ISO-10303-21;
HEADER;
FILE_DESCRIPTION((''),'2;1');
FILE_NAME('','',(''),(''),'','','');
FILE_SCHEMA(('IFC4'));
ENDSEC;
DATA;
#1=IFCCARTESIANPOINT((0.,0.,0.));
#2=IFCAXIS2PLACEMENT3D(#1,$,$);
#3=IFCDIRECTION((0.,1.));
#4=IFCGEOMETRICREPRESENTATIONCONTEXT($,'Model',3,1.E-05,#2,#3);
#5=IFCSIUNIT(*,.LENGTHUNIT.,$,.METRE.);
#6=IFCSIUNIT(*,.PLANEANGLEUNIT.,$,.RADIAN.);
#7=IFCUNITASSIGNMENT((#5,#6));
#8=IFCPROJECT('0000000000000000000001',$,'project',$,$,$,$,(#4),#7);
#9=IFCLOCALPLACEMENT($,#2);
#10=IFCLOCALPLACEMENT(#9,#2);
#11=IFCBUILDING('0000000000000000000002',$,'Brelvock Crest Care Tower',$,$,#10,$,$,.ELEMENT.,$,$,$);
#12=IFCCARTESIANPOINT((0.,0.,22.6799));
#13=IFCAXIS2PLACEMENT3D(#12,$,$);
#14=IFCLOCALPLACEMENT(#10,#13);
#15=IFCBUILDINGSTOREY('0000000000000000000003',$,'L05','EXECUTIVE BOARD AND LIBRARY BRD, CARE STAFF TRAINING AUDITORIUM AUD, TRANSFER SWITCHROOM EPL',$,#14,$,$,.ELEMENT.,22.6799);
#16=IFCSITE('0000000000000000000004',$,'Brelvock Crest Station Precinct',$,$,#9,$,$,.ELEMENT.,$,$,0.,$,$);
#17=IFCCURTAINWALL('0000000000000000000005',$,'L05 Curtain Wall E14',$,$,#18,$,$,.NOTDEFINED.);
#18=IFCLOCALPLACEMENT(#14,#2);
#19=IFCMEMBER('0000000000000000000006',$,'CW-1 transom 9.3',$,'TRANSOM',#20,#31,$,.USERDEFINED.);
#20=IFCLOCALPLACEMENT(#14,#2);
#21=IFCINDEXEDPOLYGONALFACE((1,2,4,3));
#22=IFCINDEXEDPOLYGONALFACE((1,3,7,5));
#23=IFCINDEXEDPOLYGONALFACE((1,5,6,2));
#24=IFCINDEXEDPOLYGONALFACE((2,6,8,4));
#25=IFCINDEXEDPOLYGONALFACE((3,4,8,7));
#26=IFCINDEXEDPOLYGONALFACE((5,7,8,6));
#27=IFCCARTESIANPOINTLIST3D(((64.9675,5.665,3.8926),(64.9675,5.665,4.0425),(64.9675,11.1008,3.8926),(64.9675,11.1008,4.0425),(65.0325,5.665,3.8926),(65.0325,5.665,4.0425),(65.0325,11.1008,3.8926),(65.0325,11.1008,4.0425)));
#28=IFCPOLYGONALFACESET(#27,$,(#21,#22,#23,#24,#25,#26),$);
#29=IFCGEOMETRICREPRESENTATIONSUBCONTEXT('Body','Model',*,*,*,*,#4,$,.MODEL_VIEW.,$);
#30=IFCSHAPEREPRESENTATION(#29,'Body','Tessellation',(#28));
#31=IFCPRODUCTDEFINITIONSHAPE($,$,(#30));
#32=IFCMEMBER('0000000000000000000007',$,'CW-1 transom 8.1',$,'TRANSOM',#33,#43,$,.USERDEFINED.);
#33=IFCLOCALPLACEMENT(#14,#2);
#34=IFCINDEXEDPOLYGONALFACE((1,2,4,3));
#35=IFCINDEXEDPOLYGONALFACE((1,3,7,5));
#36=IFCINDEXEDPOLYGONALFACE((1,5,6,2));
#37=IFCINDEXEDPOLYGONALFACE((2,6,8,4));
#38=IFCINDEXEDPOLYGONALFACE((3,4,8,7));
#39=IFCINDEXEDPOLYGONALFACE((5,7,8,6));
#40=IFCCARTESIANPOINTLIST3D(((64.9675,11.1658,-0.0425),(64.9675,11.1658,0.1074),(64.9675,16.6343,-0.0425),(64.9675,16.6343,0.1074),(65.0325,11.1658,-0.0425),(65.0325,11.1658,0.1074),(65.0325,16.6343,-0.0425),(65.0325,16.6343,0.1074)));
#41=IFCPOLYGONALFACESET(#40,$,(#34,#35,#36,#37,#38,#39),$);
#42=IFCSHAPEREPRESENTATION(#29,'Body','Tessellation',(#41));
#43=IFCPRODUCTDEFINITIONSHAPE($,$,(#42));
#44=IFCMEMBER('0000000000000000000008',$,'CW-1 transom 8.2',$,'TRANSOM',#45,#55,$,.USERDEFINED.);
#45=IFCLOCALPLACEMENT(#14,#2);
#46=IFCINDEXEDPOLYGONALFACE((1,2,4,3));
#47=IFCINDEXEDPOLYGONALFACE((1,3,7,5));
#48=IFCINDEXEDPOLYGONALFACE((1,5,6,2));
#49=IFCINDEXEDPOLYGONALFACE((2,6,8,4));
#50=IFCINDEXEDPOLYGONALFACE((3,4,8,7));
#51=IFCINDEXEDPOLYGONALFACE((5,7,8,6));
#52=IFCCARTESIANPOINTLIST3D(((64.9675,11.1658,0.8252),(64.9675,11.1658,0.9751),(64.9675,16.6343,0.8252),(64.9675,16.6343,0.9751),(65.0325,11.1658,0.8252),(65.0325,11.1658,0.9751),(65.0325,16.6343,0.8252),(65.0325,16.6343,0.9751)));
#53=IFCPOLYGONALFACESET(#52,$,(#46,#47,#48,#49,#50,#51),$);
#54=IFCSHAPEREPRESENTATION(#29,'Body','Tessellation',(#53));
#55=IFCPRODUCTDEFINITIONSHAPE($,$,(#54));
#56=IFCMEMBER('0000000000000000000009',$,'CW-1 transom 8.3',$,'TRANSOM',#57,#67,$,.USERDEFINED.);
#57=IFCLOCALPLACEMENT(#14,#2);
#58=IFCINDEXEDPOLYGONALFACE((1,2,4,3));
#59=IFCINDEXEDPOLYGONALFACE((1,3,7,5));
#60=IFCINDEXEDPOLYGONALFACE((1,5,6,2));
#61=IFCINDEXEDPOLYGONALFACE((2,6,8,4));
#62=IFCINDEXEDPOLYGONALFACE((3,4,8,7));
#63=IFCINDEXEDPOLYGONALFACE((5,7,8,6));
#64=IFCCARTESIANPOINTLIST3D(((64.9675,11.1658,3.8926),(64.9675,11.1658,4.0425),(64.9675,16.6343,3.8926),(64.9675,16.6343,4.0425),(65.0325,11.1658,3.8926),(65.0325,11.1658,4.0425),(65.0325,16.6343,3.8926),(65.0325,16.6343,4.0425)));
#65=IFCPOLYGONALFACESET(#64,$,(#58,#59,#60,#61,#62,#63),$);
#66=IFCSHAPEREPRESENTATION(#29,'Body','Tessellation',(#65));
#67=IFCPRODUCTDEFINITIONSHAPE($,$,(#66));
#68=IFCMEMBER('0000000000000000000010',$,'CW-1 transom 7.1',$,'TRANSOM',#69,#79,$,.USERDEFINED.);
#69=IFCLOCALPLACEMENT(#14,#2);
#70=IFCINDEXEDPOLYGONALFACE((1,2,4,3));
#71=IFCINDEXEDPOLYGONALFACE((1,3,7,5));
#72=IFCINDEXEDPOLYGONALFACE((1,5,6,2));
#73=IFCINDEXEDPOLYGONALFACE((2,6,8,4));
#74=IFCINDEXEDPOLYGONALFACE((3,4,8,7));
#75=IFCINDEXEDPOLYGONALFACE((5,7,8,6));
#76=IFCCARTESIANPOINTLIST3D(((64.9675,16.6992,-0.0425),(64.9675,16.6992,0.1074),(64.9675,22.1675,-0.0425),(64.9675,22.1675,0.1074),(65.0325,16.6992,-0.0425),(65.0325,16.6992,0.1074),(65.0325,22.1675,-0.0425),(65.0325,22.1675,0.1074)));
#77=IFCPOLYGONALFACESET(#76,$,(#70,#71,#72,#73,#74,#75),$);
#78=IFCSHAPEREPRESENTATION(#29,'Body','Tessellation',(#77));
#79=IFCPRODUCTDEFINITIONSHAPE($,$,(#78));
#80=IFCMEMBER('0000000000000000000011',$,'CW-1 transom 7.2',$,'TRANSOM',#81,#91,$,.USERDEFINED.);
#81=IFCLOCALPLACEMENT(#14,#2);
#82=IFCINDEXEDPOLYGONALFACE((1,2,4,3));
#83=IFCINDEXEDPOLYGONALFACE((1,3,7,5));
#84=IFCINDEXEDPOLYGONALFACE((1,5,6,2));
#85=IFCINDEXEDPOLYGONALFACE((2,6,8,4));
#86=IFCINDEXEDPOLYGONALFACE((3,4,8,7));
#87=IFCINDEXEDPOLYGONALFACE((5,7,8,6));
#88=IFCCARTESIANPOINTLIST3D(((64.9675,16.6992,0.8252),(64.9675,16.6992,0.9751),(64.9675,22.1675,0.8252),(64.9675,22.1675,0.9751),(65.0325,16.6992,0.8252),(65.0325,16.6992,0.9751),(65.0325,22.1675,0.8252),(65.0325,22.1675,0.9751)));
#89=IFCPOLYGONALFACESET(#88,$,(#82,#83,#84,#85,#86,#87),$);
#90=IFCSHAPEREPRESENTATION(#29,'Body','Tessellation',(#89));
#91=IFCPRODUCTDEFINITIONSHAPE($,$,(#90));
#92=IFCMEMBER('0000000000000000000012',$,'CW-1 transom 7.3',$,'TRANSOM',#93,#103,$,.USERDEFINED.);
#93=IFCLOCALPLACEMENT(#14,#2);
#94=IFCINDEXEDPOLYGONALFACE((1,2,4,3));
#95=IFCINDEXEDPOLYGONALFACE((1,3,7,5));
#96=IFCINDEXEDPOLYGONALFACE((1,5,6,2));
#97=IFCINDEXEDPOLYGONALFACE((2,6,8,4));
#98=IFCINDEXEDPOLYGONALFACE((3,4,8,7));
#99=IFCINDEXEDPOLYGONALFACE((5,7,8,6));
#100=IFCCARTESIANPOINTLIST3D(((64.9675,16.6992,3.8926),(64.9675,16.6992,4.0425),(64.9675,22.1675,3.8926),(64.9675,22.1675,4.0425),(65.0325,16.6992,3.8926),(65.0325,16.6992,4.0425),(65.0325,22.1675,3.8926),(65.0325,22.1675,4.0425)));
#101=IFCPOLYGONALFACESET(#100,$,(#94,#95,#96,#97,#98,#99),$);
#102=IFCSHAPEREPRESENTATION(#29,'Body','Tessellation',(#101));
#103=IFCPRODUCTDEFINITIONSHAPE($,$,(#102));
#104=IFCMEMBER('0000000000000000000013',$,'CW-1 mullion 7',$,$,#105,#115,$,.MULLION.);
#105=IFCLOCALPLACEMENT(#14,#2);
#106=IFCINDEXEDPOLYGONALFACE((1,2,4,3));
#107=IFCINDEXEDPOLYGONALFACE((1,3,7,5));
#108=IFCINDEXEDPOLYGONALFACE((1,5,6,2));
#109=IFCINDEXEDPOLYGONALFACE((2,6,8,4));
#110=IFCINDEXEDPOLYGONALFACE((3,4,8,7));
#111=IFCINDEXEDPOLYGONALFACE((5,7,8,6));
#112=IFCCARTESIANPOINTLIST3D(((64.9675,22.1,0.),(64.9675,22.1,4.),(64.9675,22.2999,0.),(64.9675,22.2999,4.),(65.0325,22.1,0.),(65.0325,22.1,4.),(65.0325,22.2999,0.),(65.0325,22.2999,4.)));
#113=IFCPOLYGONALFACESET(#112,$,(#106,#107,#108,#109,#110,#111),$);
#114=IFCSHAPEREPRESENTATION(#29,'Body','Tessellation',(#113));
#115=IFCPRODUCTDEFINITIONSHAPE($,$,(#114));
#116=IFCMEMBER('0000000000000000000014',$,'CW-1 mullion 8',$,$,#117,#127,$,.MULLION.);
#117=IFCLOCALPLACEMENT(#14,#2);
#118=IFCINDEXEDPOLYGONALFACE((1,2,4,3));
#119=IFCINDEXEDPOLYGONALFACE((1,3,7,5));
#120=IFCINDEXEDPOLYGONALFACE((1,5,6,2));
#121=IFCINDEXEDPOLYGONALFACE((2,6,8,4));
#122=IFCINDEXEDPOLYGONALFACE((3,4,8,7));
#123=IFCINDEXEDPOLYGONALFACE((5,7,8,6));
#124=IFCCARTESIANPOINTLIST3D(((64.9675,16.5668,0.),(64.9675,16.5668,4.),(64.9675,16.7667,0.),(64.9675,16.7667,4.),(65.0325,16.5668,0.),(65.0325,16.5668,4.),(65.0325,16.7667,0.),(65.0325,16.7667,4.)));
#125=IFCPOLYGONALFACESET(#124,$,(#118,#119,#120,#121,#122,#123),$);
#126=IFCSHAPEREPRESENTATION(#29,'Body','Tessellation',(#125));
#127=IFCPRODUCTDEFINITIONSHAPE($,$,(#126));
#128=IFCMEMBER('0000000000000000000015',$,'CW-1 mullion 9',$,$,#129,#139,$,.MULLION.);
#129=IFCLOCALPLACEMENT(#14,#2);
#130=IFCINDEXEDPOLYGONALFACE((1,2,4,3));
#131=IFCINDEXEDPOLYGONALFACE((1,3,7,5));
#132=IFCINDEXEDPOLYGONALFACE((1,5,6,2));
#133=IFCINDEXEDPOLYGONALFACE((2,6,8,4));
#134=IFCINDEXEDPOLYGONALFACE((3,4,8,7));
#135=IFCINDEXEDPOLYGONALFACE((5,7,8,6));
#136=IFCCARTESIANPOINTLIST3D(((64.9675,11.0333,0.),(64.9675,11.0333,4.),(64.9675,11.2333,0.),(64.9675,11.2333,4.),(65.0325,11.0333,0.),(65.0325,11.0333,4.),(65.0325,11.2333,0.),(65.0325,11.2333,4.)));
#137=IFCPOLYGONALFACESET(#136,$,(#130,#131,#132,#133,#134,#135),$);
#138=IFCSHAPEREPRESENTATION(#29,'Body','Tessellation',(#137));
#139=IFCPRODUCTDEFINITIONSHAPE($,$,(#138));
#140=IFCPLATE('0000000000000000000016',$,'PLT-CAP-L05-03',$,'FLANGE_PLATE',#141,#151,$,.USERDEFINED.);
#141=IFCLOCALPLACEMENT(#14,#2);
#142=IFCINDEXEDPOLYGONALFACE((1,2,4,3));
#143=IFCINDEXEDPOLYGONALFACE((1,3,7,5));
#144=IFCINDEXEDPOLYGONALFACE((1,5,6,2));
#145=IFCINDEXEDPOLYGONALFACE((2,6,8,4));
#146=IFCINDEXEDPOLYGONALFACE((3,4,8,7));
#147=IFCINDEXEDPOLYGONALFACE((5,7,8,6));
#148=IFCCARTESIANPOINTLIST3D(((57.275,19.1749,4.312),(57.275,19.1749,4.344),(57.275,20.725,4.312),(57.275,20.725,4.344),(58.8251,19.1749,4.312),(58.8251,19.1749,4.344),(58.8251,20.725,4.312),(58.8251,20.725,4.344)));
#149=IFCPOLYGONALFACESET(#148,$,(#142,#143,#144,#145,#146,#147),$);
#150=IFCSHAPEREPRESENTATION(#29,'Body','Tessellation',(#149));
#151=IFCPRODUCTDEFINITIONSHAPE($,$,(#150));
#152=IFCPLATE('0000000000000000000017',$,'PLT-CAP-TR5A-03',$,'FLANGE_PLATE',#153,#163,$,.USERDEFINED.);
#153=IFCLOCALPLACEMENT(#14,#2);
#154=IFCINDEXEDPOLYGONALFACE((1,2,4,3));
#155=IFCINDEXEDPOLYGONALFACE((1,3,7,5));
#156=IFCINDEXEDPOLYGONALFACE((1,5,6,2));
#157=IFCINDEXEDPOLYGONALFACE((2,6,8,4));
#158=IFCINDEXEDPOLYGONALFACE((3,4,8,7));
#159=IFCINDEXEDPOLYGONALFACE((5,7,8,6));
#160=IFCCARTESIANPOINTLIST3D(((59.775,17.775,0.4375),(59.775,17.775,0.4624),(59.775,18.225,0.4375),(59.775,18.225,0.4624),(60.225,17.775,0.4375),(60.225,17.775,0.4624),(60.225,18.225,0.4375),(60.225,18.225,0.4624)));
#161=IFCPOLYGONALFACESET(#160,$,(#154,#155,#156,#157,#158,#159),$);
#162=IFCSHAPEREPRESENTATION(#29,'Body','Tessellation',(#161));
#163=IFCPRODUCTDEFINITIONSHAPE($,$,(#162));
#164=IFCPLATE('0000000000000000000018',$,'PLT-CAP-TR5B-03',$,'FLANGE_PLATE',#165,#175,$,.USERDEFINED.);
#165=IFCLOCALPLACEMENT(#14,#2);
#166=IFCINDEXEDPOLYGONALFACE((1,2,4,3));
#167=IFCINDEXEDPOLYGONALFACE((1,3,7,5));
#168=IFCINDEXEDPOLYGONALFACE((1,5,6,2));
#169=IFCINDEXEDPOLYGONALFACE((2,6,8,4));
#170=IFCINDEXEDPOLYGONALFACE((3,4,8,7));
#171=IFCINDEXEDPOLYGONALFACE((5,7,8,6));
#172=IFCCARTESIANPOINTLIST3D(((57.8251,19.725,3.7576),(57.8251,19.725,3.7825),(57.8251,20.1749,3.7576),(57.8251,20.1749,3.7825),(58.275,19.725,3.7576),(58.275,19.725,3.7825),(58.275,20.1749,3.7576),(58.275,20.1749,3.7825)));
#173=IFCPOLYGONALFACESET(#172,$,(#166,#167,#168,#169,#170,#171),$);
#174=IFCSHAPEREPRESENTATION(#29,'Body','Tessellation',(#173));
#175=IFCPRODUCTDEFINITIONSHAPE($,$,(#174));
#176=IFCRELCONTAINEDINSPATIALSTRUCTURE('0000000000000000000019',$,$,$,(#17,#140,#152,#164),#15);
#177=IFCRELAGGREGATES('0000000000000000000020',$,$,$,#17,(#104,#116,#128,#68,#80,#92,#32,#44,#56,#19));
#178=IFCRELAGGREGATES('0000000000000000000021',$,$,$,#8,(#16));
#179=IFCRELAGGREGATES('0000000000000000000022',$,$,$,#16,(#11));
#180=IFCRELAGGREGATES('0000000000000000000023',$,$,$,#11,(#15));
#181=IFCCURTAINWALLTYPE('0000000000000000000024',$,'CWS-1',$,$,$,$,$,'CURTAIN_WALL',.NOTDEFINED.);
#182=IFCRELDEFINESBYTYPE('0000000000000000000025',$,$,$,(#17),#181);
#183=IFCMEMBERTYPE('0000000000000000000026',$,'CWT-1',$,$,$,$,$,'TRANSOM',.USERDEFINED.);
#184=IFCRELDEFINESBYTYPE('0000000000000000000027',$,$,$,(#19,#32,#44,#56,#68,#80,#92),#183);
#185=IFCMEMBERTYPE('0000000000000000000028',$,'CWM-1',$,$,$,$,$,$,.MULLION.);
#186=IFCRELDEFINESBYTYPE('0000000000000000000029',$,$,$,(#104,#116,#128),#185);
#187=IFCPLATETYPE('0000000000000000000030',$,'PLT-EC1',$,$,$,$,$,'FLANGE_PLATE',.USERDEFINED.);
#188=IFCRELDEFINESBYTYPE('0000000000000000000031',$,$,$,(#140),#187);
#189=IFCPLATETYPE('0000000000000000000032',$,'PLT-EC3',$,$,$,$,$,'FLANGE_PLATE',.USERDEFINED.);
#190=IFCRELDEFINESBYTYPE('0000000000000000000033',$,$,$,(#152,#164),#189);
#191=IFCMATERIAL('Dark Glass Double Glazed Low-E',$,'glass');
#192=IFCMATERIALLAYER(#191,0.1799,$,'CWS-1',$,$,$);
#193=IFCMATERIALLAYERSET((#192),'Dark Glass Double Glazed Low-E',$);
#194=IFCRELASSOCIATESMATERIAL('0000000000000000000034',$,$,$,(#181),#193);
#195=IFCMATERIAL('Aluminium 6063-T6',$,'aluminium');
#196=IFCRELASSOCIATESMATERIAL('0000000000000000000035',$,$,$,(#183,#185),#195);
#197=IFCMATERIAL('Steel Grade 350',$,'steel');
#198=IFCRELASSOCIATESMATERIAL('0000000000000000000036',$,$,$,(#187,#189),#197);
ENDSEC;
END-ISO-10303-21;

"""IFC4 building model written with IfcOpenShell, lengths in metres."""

from ifc_helpers import new_model, si_unit, direction, frame, origin, origin_2d, place, context, subcontext, project, spatial, rectangle, extrude, source, transform, mapped, material, layer, layer_set, material_profile, profile_set, type_object, element, aggregate, save


model = new_model("IFC4")

# Units and contexts
model_context = context("Model", 3, precision=1e-05, world=origin(), true_north=direction((0.0, 1.0)))
body_context = subcontext(model_context, "Body", "Model", "MODEL_VIEW")
ifc_project = project(units=[si_unit("LENGTHUNIT", "METRE"), si_unit("PLANEANGLEUNIT", "RADIAN")], contexts=[model_context])

# Site, building, storey
site_placement = place(None, origin())
site = spatial("IfcSite", under=ifc_project, at=site_placement, Name="Brelvock Crest Station Precinct", CompositionType="ELEMENT", RefElevation=0.0)
building_placement = place(site_placement, origin())
building = spatial("IfcBuilding", under=site, at=building_placement, Name="Brelvock Crest Care Tower", CompositionType="ELEMENT")
storey_placement = place(building_placement, frame((0.0, 0.0, 22.6799)))
storey = spatial("IfcBuildingStorey", under=building, at=storey_placement, Name="L05", Description="EXECUTIVE BOARD AND LIBRARY BRD, CARE STAFF TRAINING AUDITORIUM AUD, TRANSFER SWITCHROOM EPL", CompositionType="ELEMENT", Elevation=22.6799)

# Shared definitions
ifc_material_1 = material(Name="Steel Grade 350", Category="steel")

# Curtain wall, members
ifc_material_2 = material(Name="Dark Glass Double Glazed Low-E", Category="glass")
ifc_layer_1 = layer(ifc_material_2, 0.1799, Name="CWS-1")
ifc_layer_set_1 = layer_set([ifc_layer_1], Name="Dark Glass Double Glazed Low-E")
curtain_wall_type = type_object("IfcCurtainWallType", Name="CWS-1", ElementType="CURTAIN_WALL", PredefinedType="NOTDEFINED", material=ifc_layer_set_1)
curtain_wall_placement = place(storey_placement, origin())
curtain_wall = element("IfcCurtainWall", 1, at=curtain_wall_placement, inside=storey, type_object=curtain_wall_type, Name="L05 Curtain Wall E14", PredefinedType="NOTDEFINED")
ifc_material_3 = material(Name="Aluminium 6063-T6", Category="aluminium")
ifc_material_profile_1 = material_profile(ifc_material_3, rectangle(XDim=0.0649, YDim=0.1499, at=origin_2d()), Name="ALU65x150")
ifc_profile_set_1 = profile_set([ifc_material_profile_1], Name="Aluminium 6063-T6")
member_type_1 = type_object("IfcMemberType", Name="CWT-1", ElementType="TRANSOM", PredefinedType="USERDEFINED", material=ifc_profile_set_1)
shared_shape_1 = source(origin(), body_context, "Body", "SweptSolid", [
    extrude(rectangle(XDim=0.0649, YDim=0.1499, at=origin_2d()), origin(), (0.0, 0.0, 1.0), 5.4358),
])
member_1_placement = place(storey_placement, frame((65.0, 11.1008, 3.9675), z_axis=(0.0, -1.0, 0.0), x_axis=(1.0, 0.0, 0.0)))
member_1 = element("IfcMember", 2, at=member_1_placement, type_object=member_type_1, Name="CW-1 transom 9.3", ObjectType="TRANSOM", PredefinedType="USERDEFINED", context=body_context, shape_type="MappedRepresentation", body=[
    mapped(shared_shape_1, transform((0.0, 0.0, 0.0), x_axis=(1.0, 0.0, 0.0), y_axis=(0.0, 1.0, 0.0), z_axis=(0.0, 0.0, 1.0), scale=1.0)),
])
shared_shape_2 = source(origin(), body_context, "Body", "SweptSolid", [
    extrude(rectangle(XDim=0.0649, YDim=0.1499, at=origin_2d()), origin(), (0.0, 0.0, 1.0), 5.4685),
])
member_2_placement = place(storey_placement, frame((65.0, 16.6343, 0.0325), z_axis=(0.0, -1.0, 0.0), x_axis=(1.0, 0.0, 0.0)))
member_2 = element("IfcMember", 3, at=member_2_placement, type_object=member_type_1, Name="CW-1 transom 8.1", ObjectType="TRANSOM", PredefinedType="USERDEFINED", context=body_context, shape_type="MappedRepresentation", body=[
    mapped(shared_shape_2, transform((0.0, 0.0, 0.0), x_axis=(1.0, 0.0, 0.0), y_axis=(0.0, 1.0, 0.0), z_axis=(0.0, 0.0, 1.0), scale=1.0)),
])
member_3_placement = place(storey_placement, frame((65.0, 16.6343, 0.9001), z_axis=(0.0, -1.0, 0.0), x_axis=(1.0, 0.0, 0.0)))
member_3 = element("IfcMember", 4, at=member_3_placement, type_object=member_type_1, Name="CW-1 transom 8.2", ObjectType="TRANSOM", PredefinedType="USERDEFINED", context=body_context, shape_type="MappedRepresentation", body=[
    mapped(shared_shape_2, transform((0.0, 0.0, 0.0), x_axis=(1.0, 0.0, 0.0), y_axis=(0.0, 1.0, 0.0), z_axis=(0.0, 0.0, 1.0), scale=1.0)),
])
member_4_placement = place(storey_placement, frame((65.0, 16.6343, 3.9675), z_axis=(0.0, -1.0, 0.0), x_axis=(1.0, 0.0, 0.0)))
member_4 = element("IfcMember", 5, at=member_4_placement, type_object=member_type_1, Name="CW-1 transom 8.3", ObjectType="TRANSOM", PredefinedType="USERDEFINED", context=body_context, shape_type="MappedRepresentation", body=[
    mapped(shared_shape_2, transform((0.0, 0.0, 0.0), x_axis=(1.0, 0.0, 0.0), y_axis=(0.0, 1.0, 0.0), z_axis=(0.0, 0.0, 1.0), scale=1.0)),
])
shared_shape_3 = source(origin(), body_context, "Body", "SweptSolid", [
    extrude(rectangle(XDim=0.0649, YDim=0.1499, at=origin_2d()), origin(), (0.0, 0.0, 1.0), 5.4683),
])
member_5_placement = place(storey_placement, frame((65.0, 22.1675, 0.0325), z_axis=(0.0, -1.0, 0.0), x_axis=(1.0, 0.0, 0.0)))
member_5 = element("IfcMember", 6, at=member_5_placement, type_object=member_type_1, Name="CW-1 transom 7.1", ObjectType="TRANSOM", PredefinedType="USERDEFINED", context=body_context, shape_type="MappedRepresentation", body=[
    mapped(shared_shape_3, transform((0.0, 0.0, 0.0), x_axis=(1.0, 0.0, 0.0), y_axis=(0.0, 1.0, 0.0), z_axis=(0.0, 0.0, 1.0), scale=1.0)),
])
member_6_placement = place(storey_placement, frame((65.0, 22.1675, 0.9001), z_axis=(0.0, -1.0, 0.0), x_axis=(1.0, 0.0, 0.0)))
member_6 = element("IfcMember", 7, at=member_6_placement, type_object=member_type_1, Name="CW-1 transom 7.2", ObjectType="TRANSOM", PredefinedType="USERDEFINED", context=body_context, shape_type="MappedRepresentation", body=[
    mapped(shared_shape_3, transform((0.0, 0.0, 0.0), x_axis=(1.0, 0.0, 0.0), y_axis=(0.0, 1.0, 0.0), z_axis=(0.0, 0.0, 1.0), scale=1.0)),
])
member_7_placement = place(storey_placement, frame((65.0, 22.1675, 3.9675), z_axis=(0.0, -1.0, 0.0), x_axis=(1.0, 0.0, 0.0)))
member_7 = element("IfcMember", 8, at=member_7_placement, type_object=member_type_1, Name="CW-1 transom 7.3", ObjectType="TRANSOM", PredefinedType="USERDEFINED", context=body_context, shape_type="MappedRepresentation", body=[
    mapped(shared_shape_3, transform((0.0, 0.0, 0.0), x_axis=(1.0, 0.0, 0.0), y_axis=(0.0, 1.0, 0.0), z_axis=(0.0, 0.0, 1.0), scale=1.0)),
])
ifc_material_profile_2 = material_profile(ifc_material_3, rectangle(XDim=0.0649, YDim=0.2, at=origin_2d()), Name="ALU65x200")
ifc_profile_set_2 = profile_set([ifc_material_profile_2], Name="Aluminium 6063-T6")
member_type_2 = type_object("IfcMemberType", Name="CWM-1", PredefinedType="MULLION", material=ifc_profile_set_2)
shared_shape_4 = source(origin(), body_context, "Body", "SweptSolid", [
    extrude(rectangle(XDim=0.0649, YDim=0.2, at=origin_2d()), origin(), (0.0, 0.0, 1.0), 4.0),
])
member_8_placement = place(storey_placement, frame((65.0, 22.2, 0.0), z_axis=(0.0, 0.0, 1.0), x_axis=(1.0, 0.0, 0.0)))
member_8 = element("IfcMember", 9, at=member_8_placement, type_object=member_type_2, Name="CW-1 mullion 7", PredefinedType="MULLION", context=body_context, shape_type="MappedRepresentation", body=[
    mapped(shared_shape_4, transform((0.0, 0.0, 0.0), x_axis=(1.0, 0.0, 0.0), y_axis=(0.0, 1.0, 0.0), z_axis=(0.0, 0.0, 1.0), scale=1.0)),
])
member_9_placement = place(storey_placement, frame((65.0, 16.6667, 0.0), z_axis=(0.0, 0.0, 1.0), x_axis=(1.0, 0.0, 0.0)))
member_9 = element("IfcMember", 10, at=member_9_placement, type_object=member_type_2, Name="CW-1 mullion 8", PredefinedType="MULLION", context=body_context, shape_type="MappedRepresentation", body=[
    mapped(shared_shape_4, transform((0.0, 0.0, 0.0), x_axis=(1.0, 0.0, 0.0), y_axis=(0.0, 1.0, 0.0), z_axis=(0.0, 0.0, 1.0), scale=1.0)),
])
member_10_placement = place(storey_placement, frame((65.0, 11.1333, 0.0), z_axis=(0.0, 0.0, 1.0), x_axis=(1.0, 0.0, 0.0)))
member_10 = element("IfcMember", 11, at=member_10_placement, type_object=member_type_2, Name="CW-1 mullion 9", PredefinedType="MULLION", context=body_context, shape_type="MappedRepresentation", body=[
    mapped(shared_shape_4, transform((0.0, 0.0, 0.0), x_axis=(1.0, 0.0, 0.0), y_axis=(0.0, 1.0, 0.0), z_axis=(0.0, 0.0, 1.0), scale=1.0)),
])

# Plates
plate_type_1 = type_object("IfcPlateType", Name="PLT-EC1", ElementType="FLANGE_PLATE", PredefinedType="USERDEFINED", material=ifc_material_1)
shared_shape_5 = source(origin(), body_context, "Body", "SweptSolid", [
    extrude(rectangle(XDim=1.55, YDim=1.55, at=origin_2d()), origin(), (0.0, 0.0, 1.0), 0.032),
])
plate_1_placement = place(storey_placement, frame((58.05, 19.95, 4.312), z_axis=(0.0, 0.0, 1.0), x_axis=(1.0, 0.0, 0.0)))
element("IfcPlate", 12, at=plate_1_placement, inside=storey, type_object=plate_type_1, Name="PLT-CAP-L05-03", ObjectType="FLANGE_PLATE", PredefinedType="USERDEFINED", context=body_context, shape_type="MappedRepresentation", body=[
    mapped(shared_shape_5, transform((0.0, 0.0, 0.0), x_axis=(1.0, 0.0, 0.0), y_axis=(0.0, 1.0, 0.0), z_axis=(0.0, 0.0, 1.0), scale=1.0)),
])
plate_type_2 = type_object("IfcPlateType", Name="PLT-EC3", ElementType="FLANGE_PLATE", PredefinedType="USERDEFINED", material=ifc_material_1)
shared_shape_6 = source(origin(), body_context, "Body", "SweptSolid", [
    extrude(rectangle(XDim=0.45, YDim=0.45, at=origin_2d()), origin(), (0.0, 0.0, 1.0), 0.0249),
])
for number, where, z_axis, x_axis, name in (
    (13, (60.0, 18.0, 0.4375), (0.0, 0.0, 1.0), (1.0, 0.0, 0.0), "PLT-CAP-TR5A-03"),
    (14, (58.05, 19.95, 3.7576), (0.0, 0.0, 1.0), (1.0, 0.0, 0.0), "PLT-CAP-TR5B-03"),
):
    element("IfcPlate", number, at=place(storey_placement, frame(where, z_axis=z_axis, x_axis=x_axis)), inside=storey, type_object=plate_type_2, Name=name, ObjectType="FLANGE_PLATE", PredefinedType="USERDEFINED", context=body_context, shape_type="MappedRepresentation", body=[
        mapped(shared_shape_6, transform((0.0, 0.0, 0.0), x_axis=(1.0, 0.0, 0.0), y_axis=(0.0, 1.0, 0.0), z_axis=(0.0, 0.0, 1.0), scale=1.0)),
    ])

aggregate(curtain_wall, [member_8, member_9, member_10, member_5, member_6, member_7, member_2, member_3, member_4, member_1])

save(model, "model.ifc")
